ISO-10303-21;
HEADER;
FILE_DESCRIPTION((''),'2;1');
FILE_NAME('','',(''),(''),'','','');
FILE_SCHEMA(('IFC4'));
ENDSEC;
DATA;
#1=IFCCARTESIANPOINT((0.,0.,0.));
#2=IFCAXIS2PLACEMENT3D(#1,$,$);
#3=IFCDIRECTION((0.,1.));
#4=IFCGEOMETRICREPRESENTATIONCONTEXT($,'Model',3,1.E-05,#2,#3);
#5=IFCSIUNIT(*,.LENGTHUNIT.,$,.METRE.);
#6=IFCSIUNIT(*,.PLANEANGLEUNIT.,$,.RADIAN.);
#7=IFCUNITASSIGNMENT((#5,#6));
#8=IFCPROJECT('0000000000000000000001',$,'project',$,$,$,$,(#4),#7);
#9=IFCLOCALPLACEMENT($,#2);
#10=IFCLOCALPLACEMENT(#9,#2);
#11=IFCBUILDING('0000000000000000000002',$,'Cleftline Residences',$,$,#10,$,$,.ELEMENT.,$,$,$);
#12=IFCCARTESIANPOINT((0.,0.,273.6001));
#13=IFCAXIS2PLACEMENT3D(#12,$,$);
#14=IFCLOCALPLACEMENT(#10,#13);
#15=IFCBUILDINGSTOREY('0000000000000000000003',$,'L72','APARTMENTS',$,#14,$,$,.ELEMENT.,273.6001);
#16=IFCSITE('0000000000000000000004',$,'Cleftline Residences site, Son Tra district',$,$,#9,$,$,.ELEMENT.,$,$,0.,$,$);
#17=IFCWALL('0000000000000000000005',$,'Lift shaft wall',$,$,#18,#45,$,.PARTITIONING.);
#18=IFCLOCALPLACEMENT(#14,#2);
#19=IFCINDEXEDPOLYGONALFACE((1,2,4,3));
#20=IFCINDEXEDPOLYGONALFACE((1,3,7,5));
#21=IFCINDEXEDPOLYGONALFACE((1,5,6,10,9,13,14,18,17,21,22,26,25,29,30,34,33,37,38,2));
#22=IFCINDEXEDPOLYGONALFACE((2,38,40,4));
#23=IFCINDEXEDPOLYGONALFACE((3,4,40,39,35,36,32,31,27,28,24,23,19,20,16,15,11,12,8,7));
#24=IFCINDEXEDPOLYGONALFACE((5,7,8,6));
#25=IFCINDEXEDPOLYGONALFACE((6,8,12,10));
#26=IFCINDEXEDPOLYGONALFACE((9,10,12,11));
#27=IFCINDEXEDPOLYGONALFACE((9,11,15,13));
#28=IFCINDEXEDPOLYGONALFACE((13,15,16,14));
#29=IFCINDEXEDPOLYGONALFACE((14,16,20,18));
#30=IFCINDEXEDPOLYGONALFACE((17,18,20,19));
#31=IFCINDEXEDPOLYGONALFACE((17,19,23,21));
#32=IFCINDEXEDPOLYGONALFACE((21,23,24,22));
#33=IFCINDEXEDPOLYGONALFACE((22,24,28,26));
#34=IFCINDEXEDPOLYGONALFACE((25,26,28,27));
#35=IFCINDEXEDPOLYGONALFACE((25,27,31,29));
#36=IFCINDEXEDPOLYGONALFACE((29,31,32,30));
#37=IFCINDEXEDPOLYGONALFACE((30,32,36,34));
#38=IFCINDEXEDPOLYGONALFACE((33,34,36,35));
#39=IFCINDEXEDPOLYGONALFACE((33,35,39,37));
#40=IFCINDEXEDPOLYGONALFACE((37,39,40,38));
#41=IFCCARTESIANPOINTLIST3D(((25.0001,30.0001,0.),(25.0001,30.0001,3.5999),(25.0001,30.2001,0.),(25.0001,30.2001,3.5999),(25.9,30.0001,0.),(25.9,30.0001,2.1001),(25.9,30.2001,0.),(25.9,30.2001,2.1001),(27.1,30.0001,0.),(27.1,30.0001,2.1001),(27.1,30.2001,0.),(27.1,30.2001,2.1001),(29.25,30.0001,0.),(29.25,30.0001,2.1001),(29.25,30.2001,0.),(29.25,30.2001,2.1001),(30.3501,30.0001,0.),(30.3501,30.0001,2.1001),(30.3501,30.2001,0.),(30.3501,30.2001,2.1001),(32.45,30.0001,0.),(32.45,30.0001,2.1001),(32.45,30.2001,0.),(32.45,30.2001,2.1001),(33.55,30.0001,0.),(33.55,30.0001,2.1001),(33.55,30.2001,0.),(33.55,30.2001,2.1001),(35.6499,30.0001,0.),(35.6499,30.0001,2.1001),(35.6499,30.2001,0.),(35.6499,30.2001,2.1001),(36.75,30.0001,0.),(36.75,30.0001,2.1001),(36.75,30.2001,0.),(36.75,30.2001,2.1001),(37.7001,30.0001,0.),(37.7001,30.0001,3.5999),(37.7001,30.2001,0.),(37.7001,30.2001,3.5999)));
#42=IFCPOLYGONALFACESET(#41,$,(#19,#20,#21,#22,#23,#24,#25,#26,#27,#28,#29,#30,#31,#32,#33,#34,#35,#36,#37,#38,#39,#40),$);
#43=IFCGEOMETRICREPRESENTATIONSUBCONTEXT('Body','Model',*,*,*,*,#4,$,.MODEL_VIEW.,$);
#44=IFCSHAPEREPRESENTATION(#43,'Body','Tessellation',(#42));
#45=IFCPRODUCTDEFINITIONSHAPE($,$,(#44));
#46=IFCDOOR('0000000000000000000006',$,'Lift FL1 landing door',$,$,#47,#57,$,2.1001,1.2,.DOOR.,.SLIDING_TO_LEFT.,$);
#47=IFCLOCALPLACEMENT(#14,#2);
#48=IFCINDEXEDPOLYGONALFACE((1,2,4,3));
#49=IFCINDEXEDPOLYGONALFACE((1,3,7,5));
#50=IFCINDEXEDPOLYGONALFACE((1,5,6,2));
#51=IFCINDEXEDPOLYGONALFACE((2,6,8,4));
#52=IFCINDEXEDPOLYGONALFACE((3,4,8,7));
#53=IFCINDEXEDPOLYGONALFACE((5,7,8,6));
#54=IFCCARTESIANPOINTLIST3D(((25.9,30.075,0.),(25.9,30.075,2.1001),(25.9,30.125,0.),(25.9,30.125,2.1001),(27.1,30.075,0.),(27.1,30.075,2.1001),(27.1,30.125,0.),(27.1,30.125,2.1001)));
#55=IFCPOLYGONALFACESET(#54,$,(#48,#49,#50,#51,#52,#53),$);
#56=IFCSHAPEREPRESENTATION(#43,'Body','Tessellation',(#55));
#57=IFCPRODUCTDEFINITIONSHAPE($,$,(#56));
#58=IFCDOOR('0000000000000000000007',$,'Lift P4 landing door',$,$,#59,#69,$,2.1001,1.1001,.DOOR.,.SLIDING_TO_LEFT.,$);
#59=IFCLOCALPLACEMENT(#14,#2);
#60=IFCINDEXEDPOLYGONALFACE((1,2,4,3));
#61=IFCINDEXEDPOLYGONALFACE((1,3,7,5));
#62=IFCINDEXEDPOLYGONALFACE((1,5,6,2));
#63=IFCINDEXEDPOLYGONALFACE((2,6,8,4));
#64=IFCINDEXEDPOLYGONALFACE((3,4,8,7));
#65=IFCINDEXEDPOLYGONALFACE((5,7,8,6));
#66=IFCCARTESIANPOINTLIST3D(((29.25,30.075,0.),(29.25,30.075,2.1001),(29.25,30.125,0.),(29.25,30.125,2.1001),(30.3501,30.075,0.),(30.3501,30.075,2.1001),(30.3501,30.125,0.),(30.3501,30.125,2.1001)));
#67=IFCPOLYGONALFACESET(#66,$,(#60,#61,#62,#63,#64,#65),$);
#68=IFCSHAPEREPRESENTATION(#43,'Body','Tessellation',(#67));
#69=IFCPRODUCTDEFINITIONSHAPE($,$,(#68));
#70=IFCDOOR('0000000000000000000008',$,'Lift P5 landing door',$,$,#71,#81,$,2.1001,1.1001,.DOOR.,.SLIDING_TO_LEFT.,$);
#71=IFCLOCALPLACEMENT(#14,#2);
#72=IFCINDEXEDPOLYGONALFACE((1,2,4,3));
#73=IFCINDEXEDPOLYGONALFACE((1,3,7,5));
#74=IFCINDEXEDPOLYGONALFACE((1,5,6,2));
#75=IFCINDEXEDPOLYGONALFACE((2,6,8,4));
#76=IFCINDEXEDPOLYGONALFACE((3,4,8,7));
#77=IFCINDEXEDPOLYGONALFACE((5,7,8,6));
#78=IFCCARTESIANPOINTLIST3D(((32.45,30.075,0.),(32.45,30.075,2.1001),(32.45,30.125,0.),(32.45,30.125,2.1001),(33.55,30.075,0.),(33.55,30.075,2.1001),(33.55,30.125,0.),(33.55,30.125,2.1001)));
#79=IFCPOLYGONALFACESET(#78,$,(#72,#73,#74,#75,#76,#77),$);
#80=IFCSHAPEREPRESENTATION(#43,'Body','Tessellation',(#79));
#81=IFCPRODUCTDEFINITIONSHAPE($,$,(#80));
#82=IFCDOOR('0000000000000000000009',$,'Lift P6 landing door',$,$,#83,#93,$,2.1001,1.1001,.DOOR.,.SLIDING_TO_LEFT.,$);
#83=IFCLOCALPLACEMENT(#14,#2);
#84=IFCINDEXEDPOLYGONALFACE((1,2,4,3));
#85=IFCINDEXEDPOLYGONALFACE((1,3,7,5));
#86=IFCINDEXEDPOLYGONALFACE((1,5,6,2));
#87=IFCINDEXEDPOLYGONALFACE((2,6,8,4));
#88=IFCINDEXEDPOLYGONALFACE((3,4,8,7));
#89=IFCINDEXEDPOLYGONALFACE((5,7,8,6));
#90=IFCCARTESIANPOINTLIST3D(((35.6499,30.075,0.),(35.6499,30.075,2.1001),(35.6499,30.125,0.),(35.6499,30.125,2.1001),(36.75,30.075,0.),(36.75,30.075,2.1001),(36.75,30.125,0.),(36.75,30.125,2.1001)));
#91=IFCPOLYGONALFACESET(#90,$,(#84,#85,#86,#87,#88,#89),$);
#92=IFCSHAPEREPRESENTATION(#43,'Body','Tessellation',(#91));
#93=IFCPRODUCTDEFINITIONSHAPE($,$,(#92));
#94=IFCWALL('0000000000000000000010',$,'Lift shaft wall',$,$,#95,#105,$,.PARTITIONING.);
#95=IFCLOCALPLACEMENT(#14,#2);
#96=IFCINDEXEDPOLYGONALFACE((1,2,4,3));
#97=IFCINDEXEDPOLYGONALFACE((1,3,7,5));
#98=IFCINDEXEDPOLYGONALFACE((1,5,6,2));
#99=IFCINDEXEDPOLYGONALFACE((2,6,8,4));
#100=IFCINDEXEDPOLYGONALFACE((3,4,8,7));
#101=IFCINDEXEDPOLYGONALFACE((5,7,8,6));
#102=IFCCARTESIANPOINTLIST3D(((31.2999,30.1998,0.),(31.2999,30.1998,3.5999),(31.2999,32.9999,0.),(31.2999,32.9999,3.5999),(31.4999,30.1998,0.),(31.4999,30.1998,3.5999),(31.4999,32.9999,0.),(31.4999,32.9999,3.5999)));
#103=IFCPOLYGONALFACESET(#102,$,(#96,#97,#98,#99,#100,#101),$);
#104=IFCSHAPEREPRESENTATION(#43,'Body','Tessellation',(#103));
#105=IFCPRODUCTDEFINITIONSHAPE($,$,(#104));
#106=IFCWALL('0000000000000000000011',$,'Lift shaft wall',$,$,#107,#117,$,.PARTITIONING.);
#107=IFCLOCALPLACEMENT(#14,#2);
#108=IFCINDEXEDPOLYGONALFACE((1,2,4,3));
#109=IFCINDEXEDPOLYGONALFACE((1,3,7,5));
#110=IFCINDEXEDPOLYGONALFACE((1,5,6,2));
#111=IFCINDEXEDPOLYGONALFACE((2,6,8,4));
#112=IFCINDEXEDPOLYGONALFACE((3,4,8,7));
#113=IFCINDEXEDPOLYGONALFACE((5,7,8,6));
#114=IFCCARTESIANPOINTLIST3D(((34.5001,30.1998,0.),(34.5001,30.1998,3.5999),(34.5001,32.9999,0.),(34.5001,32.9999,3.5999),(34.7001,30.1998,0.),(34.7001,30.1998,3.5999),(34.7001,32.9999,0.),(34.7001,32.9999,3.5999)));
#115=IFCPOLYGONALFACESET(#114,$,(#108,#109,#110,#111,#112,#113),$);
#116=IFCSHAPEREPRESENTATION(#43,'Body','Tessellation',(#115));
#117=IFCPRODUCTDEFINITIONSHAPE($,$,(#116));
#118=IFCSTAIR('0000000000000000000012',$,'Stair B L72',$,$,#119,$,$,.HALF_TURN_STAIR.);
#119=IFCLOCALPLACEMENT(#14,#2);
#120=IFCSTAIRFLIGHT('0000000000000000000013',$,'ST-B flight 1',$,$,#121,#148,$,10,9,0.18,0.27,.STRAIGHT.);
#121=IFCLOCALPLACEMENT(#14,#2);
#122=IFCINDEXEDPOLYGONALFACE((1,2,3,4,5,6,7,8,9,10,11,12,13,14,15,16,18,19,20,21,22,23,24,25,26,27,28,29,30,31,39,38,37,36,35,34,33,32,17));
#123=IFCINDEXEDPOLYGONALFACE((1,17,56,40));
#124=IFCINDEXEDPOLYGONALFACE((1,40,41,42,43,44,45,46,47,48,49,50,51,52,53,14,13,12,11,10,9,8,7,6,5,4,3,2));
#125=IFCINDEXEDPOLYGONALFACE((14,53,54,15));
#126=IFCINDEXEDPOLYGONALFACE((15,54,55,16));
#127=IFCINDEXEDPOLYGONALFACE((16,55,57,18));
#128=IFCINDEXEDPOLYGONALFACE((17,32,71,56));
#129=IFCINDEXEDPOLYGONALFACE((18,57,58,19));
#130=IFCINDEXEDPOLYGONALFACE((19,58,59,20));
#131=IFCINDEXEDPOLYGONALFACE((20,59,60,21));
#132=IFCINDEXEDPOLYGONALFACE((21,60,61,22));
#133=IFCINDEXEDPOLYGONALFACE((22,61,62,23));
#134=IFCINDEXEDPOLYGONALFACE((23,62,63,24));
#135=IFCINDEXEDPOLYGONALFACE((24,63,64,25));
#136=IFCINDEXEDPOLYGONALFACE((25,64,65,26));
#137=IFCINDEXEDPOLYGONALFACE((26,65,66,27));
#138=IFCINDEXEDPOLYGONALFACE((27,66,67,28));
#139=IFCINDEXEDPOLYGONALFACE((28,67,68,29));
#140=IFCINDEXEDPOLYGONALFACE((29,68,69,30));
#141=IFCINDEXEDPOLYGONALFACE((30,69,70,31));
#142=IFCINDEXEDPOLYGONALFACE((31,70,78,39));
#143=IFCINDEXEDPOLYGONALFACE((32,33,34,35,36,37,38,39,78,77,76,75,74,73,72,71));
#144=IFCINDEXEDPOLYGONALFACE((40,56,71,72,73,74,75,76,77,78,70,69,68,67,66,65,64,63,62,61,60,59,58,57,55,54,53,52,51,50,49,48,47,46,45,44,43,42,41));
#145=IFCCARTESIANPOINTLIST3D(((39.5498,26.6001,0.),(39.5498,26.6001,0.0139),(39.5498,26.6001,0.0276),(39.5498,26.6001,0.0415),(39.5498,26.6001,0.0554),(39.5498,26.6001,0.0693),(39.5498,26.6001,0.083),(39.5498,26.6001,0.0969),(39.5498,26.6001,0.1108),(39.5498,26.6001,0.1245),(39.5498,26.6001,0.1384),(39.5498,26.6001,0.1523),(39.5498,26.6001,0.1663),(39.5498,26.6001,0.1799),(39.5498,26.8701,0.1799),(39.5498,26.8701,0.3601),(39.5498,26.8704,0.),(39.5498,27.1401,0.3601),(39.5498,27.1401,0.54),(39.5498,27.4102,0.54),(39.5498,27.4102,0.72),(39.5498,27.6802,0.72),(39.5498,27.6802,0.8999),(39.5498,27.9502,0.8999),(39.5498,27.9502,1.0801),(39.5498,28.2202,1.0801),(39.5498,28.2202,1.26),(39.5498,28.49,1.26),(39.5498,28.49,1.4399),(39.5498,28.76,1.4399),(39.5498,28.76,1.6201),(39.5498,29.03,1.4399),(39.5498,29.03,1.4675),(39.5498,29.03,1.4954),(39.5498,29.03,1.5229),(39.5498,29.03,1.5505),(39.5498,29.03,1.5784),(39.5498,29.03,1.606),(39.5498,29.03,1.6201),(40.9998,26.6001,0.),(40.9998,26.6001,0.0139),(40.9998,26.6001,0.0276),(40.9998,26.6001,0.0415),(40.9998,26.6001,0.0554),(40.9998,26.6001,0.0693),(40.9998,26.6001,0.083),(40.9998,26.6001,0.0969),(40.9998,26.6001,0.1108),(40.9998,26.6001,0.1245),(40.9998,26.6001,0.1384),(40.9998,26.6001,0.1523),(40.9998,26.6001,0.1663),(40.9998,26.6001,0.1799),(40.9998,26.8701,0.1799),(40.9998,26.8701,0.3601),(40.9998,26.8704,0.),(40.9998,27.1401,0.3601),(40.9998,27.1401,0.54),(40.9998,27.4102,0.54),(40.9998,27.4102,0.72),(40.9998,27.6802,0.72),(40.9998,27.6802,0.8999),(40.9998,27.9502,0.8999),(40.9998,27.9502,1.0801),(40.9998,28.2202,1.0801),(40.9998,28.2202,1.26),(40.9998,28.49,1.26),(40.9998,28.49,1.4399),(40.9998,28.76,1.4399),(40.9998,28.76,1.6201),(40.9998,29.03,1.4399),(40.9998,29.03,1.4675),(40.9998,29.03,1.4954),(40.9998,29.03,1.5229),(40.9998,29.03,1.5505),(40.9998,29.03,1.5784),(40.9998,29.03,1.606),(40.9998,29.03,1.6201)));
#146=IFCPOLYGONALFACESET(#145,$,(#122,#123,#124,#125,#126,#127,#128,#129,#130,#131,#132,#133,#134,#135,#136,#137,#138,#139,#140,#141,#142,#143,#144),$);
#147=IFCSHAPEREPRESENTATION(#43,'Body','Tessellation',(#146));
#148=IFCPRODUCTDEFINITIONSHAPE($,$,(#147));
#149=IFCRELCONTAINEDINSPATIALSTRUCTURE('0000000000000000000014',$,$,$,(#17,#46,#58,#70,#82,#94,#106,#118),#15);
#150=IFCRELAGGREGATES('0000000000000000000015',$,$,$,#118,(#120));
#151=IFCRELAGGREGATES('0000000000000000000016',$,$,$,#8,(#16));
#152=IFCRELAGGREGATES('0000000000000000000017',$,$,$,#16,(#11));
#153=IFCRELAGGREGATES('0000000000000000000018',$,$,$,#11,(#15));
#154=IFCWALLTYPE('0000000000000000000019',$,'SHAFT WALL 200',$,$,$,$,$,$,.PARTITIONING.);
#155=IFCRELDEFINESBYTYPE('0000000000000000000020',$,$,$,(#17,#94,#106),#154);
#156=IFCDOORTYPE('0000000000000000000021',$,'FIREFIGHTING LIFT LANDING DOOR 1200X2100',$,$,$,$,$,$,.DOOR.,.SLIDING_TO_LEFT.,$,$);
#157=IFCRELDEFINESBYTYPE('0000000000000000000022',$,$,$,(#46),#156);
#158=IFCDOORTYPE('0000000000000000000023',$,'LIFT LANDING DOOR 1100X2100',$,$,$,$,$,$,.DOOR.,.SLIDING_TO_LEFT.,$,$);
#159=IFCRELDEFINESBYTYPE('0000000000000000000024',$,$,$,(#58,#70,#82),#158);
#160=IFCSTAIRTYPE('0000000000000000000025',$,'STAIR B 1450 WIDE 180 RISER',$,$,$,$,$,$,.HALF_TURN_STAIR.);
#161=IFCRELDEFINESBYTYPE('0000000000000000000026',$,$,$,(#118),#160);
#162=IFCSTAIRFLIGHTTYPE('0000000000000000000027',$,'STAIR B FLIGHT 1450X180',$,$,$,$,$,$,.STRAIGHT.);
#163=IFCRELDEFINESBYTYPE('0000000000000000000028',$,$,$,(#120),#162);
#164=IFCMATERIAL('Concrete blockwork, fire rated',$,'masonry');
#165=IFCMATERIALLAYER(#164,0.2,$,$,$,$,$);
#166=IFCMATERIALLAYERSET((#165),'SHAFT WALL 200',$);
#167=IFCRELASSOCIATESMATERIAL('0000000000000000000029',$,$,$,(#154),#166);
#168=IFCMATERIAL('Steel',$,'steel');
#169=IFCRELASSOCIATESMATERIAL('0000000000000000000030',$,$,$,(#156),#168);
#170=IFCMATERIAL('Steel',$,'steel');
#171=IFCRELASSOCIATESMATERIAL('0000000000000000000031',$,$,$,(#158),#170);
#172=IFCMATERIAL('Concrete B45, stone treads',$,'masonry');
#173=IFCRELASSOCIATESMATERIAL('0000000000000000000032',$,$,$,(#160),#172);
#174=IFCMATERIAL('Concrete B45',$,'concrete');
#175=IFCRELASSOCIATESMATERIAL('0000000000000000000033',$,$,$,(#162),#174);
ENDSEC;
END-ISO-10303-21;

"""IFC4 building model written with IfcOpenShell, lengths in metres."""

from ifc_helpers import new_model, si_unit, direction, frame, frame_2d, origin, place, context, subcontext, project, spatial, polyline, rectangle, outline, extrude, material, layer, layer_set, type_object, element, fill, aggregate, save


model = new_model("IFC4")

# Units and contexts
model_context = context("Model", 3, precision=1e-05, world=origin(), true_north=direction((0.0, 1.0)))
body_context = subcontext(model_context, "Body", "Model", "MODEL_VIEW")
ifc_project = project(units=[si_unit("LENGTHUNIT", "METRE"), si_unit("PLANEANGLEUNIT", "RADIAN")], contexts=[model_context])

# Site, building, storey
site_placement = place(None, origin())
site = spatial("IfcSite", under=ifc_project, at=site_placement, Name="Cleftline Residences site, Son Tra district", CompositionType="ELEMENT", RefElevation=0.0)
building_placement = place(site_placement, origin())
building = spatial("IfcBuilding", under=site, at=building_placement, Name="Cleftline Residences", CompositionType="ELEMENT")
storey_placement = place(building_placement, frame((0.0, 0.0, 273.6001)))
storey = spatial("IfcBuildingStorey", under=building, at=storey_placement, Name="L72", Description="APARTMENTS", CompositionType="ELEMENT", Elevation=273.6001)

# Wall, openings, doors
ifc_material_1 = material(Name="Concrete blockwork, fire rated", Category="masonry")
ifc_layer_1 = layer(ifc_material_1, 0.2)
ifc_layer_set_1 = layer_set([ifc_layer_1], Name="SHAFT WALL 200")
wall_type_1 = type_object("IfcWallType", Name="SHAFT WALL 200", PredefinedType="PARTITIONING", material=ifc_layer_set_1)
wall_1_placement = place(storey_placement, frame((25.0, 30.1001, 0.0), z_axis=(0.0, 0.0, 1.0), x_axis=(1.0, 0.0, 0.0)))
wall_1 = element("IfcWall", 1, at=wall_1_placement, inside=storey, type_object=wall_type_1, Name="Lift shaft wall", PredefinedType="PARTITIONING", context=body_context, shape_type="SweptSolid", body=[
    extrude(rectangle(XDim=12.7, YDim=0.2, at=frame_2d((6.3501, 0.0))), origin(), (0.0, 0.0, 1.0), 3.5999),
])
opening_1_placement = place(wall_1_placement, frame((4.25, 0.0, 0.0)))
opening_1 = element("IfcOpeningElement", 2, at=opening_1_placement, cuts=wall_1, PredefinedType="OPENING", context=body_context, shape_type="SweptSolid", body=[
    extrude(rectangle(XDim=1.1001, YDim=2.1001, at=frame_2d((0.55, 1.05))), frame((0.0, 0.1099, 0.0), z_axis=(0.0, -1.0, 0.0), x_axis=(1.0, 0.0, 0.0)), (0.0, 0.0, 1.0), 0.22),
])
opening_2_placement = place(wall_1_placement, frame((7.45, 0.0, 0.0)))
opening_2 = element("IfcOpeningElement", 3, at=opening_2_placement, cuts=wall_1, PredefinedType="OPENING", context=body_context, shape_type="SweptSolid", body=[
    extrude(rectangle(XDim=1.1001, YDim=2.1001, at=frame_2d((0.55, 1.05))), frame((0.0, 0.1099, 0.0), z_axis=(0.0, -1.0, 0.0), x_axis=(1.0, 0.0, 0.0)), (0.0, 0.0, 1.0), 0.22),
])
opening_3_placement = place(wall_1_placement, frame((10.6499, 0.0, 0.0)))
opening_3 = element("IfcOpeningElement", 4, at=opening_3_placement, cuts=wall_1, PredefinedType="OPENING", context=body_context, shape_type="SweptSolid", body=[
    extrude(rectangle(XDim=1.1001, YDim=2.1001, at=frame_2d((0.55, 1.05))), frame((0.0, 0.1099, 0.0), z_axis=(0.0, -1.0, 0.0), x_axis=(1.0, 0.0, 0.0)), (0.0, 0.0, 1.0), 0.22),
])
opening_4_placement = place(wall_1_placement, frame((0.8999, 0.0, 0.0)))
opening_4 = element("IfcOpeningElement", 5, at=opening_4_placement, cuts=wall_1, PredefinedType="OPENING", context=body_context, shape_type="SweptSolid", body=[
    extrude(rectangle(XDim=1.2, YDim=2.1001, at=frame_2d((0.6001, 1.05))), frame((0.0, 0.1099, 0.0), z_axis=(0.0, -1.0, 0.0), x_axis=(1.0, 0.0, 0.0)), (0.0, 0.0, 1.0), 0.22),
])
ifc_material_2 = material(Name="Steel", Category="steel")
door_type_1 = type_object("IfcDoorType", Name="FIREFIGHTING LIFT LANDING DOOR 1200X2100", OperationType="SLIDING_TO_LEFT", PredefinedType="DOOR", material=ifc_material_2)
door_1_placement = place(opening_4_placement, origin())
door_1 = element("IfcDoor", 6, at=door_1_placement, inside=storey, type_object=door_type_1, Name="Lift FL1 landing door", OperationType="SLIDING_TO_LEFT", OverallHeight=2.1001, OverallWidth=1.2, PredefinedType="DOOR", context=body_context, shape_type="SweptSolid", body=[
    extrude(rectangle(XDim=1.2, YDim=2.1001, at=frame_2d((0.6001, 1.05))), frame((0.0, 0.0249, 0.0), z_axis=(0.0, -1.0, 0.0), x_axis=(1.0, 0.0, 0.0)), (0.0, 0.0, 1.0), 0.05),
])
fill(opening_4, door_1)
ifc_material_3 = material(Name="Steel", Category="steel")
door_type_2 = type_object("IfcDoorType", Name="LIFT LANDING DOOR 1100X2100", OperationType="SLIDING_TO_LEFT", PredefinedType="DOOR", material=ifc_material_3)
door_2_placement = place(opening_1_placement, origin())
door_2 = element("IfcDoor", 7, at=door_2_placement, inside=storey, type_object=door_type_2, Name="Lift P4 landing door", OperationType="SLIDING_TO_LEFT", OverallHeight=2.1001, OverallWidth=1.1001, PredefinedType="DOOR", context=body_context, shape_type="SweptSolid", body=[
    extrude(rectangle(XDim=1.1001, YDim=2.1001, at=frame_2d((0.55, 1.05))), frame((0.0, 0.0249, 0.0), z_axis=(0.0, -1.0, 0.0), x_axis=(1.0, 0.0, 0.0)), (0.0, 0.0, 1.0), 0.05),
])
fill(opening_1, door_2)
door_3_placement = place(opening_2_placement, origin())
door_3 = element("IfcDoor", 8, at=door_3_placement, inside=storey, type_object=door_type_2, Name="Lift P5 landing door", OperationType="SLIDING_TO_LEFT", OverallHeight=2.1001, OverallWidth=1.1001, PredefinedType="DOOR", context=body_context, shape_type="SweptSolid", body=[
    extrude(rectangle(XDim=1.1001, YDim=2.1001, at=frame_2d((0.55, 1.05))), frame((0.0, 0.0249, 0.0), z_axis=(0.0, -1.0, 0.0), x_axis=(1.0, 0.0, 0.0)), (0.0, 0.0, 1.0), 0.05),
])
fill(opening_2, door_3)
door_4_placement = place(opening_3_placement, origin())
door_4 = element("IfcDoor", 9, at=door_4_placement, inside=storey, type_object=door_type_2, Name="Lift P6 landing door", OperationType="SLIDING_TO_LEFT", OverallHeight=2.1001, OverallWidth=1.1001, PredefinedType="DOOR", context=body_context, shape_type="SweptSolid", body=[
    extrude(rectangle(XDim=1.1001, YDim=2.1001, at=frame_2d((0.55, 1.05))), frame((0.0, 0.0249, 0.0), z_axis=(0.0, -1.0, 0.0), x_axis=(1.0, 0.0, 0.0)), (0.0, 0.0, 1.0), 0.05),
])
fill(opening_3, door_4)

# Walls
for number, where, z_axis, x_axis, name in (
    (10, (31.3999, 30.2, 0.0), (0.0, 0.0, 1.0), (0.0, 1.0, 0.0), "Lift shaft wall"),
    (11, (34.6001, 30.2, 0.0), (0.0, 0.0, 1.0), (0.0, 1.0, 0.0), "Lift shaft wall"),
):
    element("IfcWall", number, at=place(storey_placement, frame(where, z_axis=z_axis, x_axis=x_axis)), inside=storey, type_object=wall_type_1, Name=name, PredefinedType="PARTITIONING", context=body_context, shape_type="SweptSolid", body=[
        extrude(rectangle(XDim=2.8, YDim=0.2, at=frame_2d((1.3999, 0.0))), origin(), (0.0, 0.0, 1.0), 3.5999),
    ])

# Stair, stair flight
ifc_material_4 = material(Name="Concrete B45, stone treads", Category="masonry")
stair_type = type_object("IfcStairType", Name="STAIR B 1450 WIDE 180 RISER", PredefinedType="HALF_TURN_STAIR", material=ifc_material_4)
stair_placement = place(storey_placement, origin())
stair = element("IfcStair", 12, at=stair_placement, inside=storey, type_object=stair_type, Name="Stair B L72", PredefinedType="HALF_TURN_STAIR")
ifc_material_5 = material(Name="Concrete B45", Category="concrete")
stair_flight_type = type_object("IfcStairFlightType", Name="STAIR B FLIGHT 1450X180", PredefinedType="STRAIGHT", material=ifc_material_5)
stair_flight_1_placement = place(storey_placement, frame((40.2749, 26.6001, 0.0), z_axis=(0.0, 0.0, 1.0), x_axis=(0.0, 1.0, 0.0)))
stair_flight_1 = element("IfcStairFlight", 13, at=stair_flight_1_placement, type_object=stair_flight_type, Name="ST-B flight 1", NumberOfRisers=10, NumberOfTreads=9, PredefinedType="STRAIGHT", RiserHeight=0.18, TreadLength=0.27, context=body_context, shape_type="SweptSolid", body=[
    extrude(outline(polyline([(0.0, 0.0), (0.0, 0.0139), (0.0, 0.0276), (0.0, 0.0415), (0.0, 0.0554), (0.0, 0.0693), (0.0, 0.083), (0.0, 0.0969), (0.0, 0.1108), (0.0, 0.1245), (0.0, 0.1384), (0.0, 0.1523), (0.0, 0.1663), (0.0, 0.1799), (0.27, 0.1799), (0.27, 0.3601), (0.54, 0.3601), (0.54, 0.54), (0.8101, 0.54), (0.8101, 0.72), (1.0801, 0.72), (1.0801, 0.8999), (1.3501, 0.8999), (1.3501, 1.0801), (1.6201, 1.0801), (1.6201, 1.26), (1.8899, 1.26), (1.8899, 1.4399), (2.1599, 1.4399), (2.1599, 1.6201), (2.4299, 1.6201), (2.4299, 1.8), (2.4299, 1.7722), (2.4299, 1.7446), (2.4299, 1.7168), (2.4299, 1.6892), (2.4299, 1.6614), (2.4299, 1.6338), (2.4299, 1.606), (2.4299, 1.5784), (2.4299, 1.5505), (2.4299, 1.5229), (2.4299, 1.4954), (2.4299, 1.4675), (2.4299, 1.4399), (0.2703, 0.0), (0.0, 0.0)])), frame((0.0, 0.7251, 0.0), z_axis=(0.0, -1.0, 0.0), x_axis=(1.0, 0.0, 0.0)), (0.0, 0.0, 1.0), 1.45),
])
aggregate(stair, [stair_flight_1])

save(model, "model.ifc")
